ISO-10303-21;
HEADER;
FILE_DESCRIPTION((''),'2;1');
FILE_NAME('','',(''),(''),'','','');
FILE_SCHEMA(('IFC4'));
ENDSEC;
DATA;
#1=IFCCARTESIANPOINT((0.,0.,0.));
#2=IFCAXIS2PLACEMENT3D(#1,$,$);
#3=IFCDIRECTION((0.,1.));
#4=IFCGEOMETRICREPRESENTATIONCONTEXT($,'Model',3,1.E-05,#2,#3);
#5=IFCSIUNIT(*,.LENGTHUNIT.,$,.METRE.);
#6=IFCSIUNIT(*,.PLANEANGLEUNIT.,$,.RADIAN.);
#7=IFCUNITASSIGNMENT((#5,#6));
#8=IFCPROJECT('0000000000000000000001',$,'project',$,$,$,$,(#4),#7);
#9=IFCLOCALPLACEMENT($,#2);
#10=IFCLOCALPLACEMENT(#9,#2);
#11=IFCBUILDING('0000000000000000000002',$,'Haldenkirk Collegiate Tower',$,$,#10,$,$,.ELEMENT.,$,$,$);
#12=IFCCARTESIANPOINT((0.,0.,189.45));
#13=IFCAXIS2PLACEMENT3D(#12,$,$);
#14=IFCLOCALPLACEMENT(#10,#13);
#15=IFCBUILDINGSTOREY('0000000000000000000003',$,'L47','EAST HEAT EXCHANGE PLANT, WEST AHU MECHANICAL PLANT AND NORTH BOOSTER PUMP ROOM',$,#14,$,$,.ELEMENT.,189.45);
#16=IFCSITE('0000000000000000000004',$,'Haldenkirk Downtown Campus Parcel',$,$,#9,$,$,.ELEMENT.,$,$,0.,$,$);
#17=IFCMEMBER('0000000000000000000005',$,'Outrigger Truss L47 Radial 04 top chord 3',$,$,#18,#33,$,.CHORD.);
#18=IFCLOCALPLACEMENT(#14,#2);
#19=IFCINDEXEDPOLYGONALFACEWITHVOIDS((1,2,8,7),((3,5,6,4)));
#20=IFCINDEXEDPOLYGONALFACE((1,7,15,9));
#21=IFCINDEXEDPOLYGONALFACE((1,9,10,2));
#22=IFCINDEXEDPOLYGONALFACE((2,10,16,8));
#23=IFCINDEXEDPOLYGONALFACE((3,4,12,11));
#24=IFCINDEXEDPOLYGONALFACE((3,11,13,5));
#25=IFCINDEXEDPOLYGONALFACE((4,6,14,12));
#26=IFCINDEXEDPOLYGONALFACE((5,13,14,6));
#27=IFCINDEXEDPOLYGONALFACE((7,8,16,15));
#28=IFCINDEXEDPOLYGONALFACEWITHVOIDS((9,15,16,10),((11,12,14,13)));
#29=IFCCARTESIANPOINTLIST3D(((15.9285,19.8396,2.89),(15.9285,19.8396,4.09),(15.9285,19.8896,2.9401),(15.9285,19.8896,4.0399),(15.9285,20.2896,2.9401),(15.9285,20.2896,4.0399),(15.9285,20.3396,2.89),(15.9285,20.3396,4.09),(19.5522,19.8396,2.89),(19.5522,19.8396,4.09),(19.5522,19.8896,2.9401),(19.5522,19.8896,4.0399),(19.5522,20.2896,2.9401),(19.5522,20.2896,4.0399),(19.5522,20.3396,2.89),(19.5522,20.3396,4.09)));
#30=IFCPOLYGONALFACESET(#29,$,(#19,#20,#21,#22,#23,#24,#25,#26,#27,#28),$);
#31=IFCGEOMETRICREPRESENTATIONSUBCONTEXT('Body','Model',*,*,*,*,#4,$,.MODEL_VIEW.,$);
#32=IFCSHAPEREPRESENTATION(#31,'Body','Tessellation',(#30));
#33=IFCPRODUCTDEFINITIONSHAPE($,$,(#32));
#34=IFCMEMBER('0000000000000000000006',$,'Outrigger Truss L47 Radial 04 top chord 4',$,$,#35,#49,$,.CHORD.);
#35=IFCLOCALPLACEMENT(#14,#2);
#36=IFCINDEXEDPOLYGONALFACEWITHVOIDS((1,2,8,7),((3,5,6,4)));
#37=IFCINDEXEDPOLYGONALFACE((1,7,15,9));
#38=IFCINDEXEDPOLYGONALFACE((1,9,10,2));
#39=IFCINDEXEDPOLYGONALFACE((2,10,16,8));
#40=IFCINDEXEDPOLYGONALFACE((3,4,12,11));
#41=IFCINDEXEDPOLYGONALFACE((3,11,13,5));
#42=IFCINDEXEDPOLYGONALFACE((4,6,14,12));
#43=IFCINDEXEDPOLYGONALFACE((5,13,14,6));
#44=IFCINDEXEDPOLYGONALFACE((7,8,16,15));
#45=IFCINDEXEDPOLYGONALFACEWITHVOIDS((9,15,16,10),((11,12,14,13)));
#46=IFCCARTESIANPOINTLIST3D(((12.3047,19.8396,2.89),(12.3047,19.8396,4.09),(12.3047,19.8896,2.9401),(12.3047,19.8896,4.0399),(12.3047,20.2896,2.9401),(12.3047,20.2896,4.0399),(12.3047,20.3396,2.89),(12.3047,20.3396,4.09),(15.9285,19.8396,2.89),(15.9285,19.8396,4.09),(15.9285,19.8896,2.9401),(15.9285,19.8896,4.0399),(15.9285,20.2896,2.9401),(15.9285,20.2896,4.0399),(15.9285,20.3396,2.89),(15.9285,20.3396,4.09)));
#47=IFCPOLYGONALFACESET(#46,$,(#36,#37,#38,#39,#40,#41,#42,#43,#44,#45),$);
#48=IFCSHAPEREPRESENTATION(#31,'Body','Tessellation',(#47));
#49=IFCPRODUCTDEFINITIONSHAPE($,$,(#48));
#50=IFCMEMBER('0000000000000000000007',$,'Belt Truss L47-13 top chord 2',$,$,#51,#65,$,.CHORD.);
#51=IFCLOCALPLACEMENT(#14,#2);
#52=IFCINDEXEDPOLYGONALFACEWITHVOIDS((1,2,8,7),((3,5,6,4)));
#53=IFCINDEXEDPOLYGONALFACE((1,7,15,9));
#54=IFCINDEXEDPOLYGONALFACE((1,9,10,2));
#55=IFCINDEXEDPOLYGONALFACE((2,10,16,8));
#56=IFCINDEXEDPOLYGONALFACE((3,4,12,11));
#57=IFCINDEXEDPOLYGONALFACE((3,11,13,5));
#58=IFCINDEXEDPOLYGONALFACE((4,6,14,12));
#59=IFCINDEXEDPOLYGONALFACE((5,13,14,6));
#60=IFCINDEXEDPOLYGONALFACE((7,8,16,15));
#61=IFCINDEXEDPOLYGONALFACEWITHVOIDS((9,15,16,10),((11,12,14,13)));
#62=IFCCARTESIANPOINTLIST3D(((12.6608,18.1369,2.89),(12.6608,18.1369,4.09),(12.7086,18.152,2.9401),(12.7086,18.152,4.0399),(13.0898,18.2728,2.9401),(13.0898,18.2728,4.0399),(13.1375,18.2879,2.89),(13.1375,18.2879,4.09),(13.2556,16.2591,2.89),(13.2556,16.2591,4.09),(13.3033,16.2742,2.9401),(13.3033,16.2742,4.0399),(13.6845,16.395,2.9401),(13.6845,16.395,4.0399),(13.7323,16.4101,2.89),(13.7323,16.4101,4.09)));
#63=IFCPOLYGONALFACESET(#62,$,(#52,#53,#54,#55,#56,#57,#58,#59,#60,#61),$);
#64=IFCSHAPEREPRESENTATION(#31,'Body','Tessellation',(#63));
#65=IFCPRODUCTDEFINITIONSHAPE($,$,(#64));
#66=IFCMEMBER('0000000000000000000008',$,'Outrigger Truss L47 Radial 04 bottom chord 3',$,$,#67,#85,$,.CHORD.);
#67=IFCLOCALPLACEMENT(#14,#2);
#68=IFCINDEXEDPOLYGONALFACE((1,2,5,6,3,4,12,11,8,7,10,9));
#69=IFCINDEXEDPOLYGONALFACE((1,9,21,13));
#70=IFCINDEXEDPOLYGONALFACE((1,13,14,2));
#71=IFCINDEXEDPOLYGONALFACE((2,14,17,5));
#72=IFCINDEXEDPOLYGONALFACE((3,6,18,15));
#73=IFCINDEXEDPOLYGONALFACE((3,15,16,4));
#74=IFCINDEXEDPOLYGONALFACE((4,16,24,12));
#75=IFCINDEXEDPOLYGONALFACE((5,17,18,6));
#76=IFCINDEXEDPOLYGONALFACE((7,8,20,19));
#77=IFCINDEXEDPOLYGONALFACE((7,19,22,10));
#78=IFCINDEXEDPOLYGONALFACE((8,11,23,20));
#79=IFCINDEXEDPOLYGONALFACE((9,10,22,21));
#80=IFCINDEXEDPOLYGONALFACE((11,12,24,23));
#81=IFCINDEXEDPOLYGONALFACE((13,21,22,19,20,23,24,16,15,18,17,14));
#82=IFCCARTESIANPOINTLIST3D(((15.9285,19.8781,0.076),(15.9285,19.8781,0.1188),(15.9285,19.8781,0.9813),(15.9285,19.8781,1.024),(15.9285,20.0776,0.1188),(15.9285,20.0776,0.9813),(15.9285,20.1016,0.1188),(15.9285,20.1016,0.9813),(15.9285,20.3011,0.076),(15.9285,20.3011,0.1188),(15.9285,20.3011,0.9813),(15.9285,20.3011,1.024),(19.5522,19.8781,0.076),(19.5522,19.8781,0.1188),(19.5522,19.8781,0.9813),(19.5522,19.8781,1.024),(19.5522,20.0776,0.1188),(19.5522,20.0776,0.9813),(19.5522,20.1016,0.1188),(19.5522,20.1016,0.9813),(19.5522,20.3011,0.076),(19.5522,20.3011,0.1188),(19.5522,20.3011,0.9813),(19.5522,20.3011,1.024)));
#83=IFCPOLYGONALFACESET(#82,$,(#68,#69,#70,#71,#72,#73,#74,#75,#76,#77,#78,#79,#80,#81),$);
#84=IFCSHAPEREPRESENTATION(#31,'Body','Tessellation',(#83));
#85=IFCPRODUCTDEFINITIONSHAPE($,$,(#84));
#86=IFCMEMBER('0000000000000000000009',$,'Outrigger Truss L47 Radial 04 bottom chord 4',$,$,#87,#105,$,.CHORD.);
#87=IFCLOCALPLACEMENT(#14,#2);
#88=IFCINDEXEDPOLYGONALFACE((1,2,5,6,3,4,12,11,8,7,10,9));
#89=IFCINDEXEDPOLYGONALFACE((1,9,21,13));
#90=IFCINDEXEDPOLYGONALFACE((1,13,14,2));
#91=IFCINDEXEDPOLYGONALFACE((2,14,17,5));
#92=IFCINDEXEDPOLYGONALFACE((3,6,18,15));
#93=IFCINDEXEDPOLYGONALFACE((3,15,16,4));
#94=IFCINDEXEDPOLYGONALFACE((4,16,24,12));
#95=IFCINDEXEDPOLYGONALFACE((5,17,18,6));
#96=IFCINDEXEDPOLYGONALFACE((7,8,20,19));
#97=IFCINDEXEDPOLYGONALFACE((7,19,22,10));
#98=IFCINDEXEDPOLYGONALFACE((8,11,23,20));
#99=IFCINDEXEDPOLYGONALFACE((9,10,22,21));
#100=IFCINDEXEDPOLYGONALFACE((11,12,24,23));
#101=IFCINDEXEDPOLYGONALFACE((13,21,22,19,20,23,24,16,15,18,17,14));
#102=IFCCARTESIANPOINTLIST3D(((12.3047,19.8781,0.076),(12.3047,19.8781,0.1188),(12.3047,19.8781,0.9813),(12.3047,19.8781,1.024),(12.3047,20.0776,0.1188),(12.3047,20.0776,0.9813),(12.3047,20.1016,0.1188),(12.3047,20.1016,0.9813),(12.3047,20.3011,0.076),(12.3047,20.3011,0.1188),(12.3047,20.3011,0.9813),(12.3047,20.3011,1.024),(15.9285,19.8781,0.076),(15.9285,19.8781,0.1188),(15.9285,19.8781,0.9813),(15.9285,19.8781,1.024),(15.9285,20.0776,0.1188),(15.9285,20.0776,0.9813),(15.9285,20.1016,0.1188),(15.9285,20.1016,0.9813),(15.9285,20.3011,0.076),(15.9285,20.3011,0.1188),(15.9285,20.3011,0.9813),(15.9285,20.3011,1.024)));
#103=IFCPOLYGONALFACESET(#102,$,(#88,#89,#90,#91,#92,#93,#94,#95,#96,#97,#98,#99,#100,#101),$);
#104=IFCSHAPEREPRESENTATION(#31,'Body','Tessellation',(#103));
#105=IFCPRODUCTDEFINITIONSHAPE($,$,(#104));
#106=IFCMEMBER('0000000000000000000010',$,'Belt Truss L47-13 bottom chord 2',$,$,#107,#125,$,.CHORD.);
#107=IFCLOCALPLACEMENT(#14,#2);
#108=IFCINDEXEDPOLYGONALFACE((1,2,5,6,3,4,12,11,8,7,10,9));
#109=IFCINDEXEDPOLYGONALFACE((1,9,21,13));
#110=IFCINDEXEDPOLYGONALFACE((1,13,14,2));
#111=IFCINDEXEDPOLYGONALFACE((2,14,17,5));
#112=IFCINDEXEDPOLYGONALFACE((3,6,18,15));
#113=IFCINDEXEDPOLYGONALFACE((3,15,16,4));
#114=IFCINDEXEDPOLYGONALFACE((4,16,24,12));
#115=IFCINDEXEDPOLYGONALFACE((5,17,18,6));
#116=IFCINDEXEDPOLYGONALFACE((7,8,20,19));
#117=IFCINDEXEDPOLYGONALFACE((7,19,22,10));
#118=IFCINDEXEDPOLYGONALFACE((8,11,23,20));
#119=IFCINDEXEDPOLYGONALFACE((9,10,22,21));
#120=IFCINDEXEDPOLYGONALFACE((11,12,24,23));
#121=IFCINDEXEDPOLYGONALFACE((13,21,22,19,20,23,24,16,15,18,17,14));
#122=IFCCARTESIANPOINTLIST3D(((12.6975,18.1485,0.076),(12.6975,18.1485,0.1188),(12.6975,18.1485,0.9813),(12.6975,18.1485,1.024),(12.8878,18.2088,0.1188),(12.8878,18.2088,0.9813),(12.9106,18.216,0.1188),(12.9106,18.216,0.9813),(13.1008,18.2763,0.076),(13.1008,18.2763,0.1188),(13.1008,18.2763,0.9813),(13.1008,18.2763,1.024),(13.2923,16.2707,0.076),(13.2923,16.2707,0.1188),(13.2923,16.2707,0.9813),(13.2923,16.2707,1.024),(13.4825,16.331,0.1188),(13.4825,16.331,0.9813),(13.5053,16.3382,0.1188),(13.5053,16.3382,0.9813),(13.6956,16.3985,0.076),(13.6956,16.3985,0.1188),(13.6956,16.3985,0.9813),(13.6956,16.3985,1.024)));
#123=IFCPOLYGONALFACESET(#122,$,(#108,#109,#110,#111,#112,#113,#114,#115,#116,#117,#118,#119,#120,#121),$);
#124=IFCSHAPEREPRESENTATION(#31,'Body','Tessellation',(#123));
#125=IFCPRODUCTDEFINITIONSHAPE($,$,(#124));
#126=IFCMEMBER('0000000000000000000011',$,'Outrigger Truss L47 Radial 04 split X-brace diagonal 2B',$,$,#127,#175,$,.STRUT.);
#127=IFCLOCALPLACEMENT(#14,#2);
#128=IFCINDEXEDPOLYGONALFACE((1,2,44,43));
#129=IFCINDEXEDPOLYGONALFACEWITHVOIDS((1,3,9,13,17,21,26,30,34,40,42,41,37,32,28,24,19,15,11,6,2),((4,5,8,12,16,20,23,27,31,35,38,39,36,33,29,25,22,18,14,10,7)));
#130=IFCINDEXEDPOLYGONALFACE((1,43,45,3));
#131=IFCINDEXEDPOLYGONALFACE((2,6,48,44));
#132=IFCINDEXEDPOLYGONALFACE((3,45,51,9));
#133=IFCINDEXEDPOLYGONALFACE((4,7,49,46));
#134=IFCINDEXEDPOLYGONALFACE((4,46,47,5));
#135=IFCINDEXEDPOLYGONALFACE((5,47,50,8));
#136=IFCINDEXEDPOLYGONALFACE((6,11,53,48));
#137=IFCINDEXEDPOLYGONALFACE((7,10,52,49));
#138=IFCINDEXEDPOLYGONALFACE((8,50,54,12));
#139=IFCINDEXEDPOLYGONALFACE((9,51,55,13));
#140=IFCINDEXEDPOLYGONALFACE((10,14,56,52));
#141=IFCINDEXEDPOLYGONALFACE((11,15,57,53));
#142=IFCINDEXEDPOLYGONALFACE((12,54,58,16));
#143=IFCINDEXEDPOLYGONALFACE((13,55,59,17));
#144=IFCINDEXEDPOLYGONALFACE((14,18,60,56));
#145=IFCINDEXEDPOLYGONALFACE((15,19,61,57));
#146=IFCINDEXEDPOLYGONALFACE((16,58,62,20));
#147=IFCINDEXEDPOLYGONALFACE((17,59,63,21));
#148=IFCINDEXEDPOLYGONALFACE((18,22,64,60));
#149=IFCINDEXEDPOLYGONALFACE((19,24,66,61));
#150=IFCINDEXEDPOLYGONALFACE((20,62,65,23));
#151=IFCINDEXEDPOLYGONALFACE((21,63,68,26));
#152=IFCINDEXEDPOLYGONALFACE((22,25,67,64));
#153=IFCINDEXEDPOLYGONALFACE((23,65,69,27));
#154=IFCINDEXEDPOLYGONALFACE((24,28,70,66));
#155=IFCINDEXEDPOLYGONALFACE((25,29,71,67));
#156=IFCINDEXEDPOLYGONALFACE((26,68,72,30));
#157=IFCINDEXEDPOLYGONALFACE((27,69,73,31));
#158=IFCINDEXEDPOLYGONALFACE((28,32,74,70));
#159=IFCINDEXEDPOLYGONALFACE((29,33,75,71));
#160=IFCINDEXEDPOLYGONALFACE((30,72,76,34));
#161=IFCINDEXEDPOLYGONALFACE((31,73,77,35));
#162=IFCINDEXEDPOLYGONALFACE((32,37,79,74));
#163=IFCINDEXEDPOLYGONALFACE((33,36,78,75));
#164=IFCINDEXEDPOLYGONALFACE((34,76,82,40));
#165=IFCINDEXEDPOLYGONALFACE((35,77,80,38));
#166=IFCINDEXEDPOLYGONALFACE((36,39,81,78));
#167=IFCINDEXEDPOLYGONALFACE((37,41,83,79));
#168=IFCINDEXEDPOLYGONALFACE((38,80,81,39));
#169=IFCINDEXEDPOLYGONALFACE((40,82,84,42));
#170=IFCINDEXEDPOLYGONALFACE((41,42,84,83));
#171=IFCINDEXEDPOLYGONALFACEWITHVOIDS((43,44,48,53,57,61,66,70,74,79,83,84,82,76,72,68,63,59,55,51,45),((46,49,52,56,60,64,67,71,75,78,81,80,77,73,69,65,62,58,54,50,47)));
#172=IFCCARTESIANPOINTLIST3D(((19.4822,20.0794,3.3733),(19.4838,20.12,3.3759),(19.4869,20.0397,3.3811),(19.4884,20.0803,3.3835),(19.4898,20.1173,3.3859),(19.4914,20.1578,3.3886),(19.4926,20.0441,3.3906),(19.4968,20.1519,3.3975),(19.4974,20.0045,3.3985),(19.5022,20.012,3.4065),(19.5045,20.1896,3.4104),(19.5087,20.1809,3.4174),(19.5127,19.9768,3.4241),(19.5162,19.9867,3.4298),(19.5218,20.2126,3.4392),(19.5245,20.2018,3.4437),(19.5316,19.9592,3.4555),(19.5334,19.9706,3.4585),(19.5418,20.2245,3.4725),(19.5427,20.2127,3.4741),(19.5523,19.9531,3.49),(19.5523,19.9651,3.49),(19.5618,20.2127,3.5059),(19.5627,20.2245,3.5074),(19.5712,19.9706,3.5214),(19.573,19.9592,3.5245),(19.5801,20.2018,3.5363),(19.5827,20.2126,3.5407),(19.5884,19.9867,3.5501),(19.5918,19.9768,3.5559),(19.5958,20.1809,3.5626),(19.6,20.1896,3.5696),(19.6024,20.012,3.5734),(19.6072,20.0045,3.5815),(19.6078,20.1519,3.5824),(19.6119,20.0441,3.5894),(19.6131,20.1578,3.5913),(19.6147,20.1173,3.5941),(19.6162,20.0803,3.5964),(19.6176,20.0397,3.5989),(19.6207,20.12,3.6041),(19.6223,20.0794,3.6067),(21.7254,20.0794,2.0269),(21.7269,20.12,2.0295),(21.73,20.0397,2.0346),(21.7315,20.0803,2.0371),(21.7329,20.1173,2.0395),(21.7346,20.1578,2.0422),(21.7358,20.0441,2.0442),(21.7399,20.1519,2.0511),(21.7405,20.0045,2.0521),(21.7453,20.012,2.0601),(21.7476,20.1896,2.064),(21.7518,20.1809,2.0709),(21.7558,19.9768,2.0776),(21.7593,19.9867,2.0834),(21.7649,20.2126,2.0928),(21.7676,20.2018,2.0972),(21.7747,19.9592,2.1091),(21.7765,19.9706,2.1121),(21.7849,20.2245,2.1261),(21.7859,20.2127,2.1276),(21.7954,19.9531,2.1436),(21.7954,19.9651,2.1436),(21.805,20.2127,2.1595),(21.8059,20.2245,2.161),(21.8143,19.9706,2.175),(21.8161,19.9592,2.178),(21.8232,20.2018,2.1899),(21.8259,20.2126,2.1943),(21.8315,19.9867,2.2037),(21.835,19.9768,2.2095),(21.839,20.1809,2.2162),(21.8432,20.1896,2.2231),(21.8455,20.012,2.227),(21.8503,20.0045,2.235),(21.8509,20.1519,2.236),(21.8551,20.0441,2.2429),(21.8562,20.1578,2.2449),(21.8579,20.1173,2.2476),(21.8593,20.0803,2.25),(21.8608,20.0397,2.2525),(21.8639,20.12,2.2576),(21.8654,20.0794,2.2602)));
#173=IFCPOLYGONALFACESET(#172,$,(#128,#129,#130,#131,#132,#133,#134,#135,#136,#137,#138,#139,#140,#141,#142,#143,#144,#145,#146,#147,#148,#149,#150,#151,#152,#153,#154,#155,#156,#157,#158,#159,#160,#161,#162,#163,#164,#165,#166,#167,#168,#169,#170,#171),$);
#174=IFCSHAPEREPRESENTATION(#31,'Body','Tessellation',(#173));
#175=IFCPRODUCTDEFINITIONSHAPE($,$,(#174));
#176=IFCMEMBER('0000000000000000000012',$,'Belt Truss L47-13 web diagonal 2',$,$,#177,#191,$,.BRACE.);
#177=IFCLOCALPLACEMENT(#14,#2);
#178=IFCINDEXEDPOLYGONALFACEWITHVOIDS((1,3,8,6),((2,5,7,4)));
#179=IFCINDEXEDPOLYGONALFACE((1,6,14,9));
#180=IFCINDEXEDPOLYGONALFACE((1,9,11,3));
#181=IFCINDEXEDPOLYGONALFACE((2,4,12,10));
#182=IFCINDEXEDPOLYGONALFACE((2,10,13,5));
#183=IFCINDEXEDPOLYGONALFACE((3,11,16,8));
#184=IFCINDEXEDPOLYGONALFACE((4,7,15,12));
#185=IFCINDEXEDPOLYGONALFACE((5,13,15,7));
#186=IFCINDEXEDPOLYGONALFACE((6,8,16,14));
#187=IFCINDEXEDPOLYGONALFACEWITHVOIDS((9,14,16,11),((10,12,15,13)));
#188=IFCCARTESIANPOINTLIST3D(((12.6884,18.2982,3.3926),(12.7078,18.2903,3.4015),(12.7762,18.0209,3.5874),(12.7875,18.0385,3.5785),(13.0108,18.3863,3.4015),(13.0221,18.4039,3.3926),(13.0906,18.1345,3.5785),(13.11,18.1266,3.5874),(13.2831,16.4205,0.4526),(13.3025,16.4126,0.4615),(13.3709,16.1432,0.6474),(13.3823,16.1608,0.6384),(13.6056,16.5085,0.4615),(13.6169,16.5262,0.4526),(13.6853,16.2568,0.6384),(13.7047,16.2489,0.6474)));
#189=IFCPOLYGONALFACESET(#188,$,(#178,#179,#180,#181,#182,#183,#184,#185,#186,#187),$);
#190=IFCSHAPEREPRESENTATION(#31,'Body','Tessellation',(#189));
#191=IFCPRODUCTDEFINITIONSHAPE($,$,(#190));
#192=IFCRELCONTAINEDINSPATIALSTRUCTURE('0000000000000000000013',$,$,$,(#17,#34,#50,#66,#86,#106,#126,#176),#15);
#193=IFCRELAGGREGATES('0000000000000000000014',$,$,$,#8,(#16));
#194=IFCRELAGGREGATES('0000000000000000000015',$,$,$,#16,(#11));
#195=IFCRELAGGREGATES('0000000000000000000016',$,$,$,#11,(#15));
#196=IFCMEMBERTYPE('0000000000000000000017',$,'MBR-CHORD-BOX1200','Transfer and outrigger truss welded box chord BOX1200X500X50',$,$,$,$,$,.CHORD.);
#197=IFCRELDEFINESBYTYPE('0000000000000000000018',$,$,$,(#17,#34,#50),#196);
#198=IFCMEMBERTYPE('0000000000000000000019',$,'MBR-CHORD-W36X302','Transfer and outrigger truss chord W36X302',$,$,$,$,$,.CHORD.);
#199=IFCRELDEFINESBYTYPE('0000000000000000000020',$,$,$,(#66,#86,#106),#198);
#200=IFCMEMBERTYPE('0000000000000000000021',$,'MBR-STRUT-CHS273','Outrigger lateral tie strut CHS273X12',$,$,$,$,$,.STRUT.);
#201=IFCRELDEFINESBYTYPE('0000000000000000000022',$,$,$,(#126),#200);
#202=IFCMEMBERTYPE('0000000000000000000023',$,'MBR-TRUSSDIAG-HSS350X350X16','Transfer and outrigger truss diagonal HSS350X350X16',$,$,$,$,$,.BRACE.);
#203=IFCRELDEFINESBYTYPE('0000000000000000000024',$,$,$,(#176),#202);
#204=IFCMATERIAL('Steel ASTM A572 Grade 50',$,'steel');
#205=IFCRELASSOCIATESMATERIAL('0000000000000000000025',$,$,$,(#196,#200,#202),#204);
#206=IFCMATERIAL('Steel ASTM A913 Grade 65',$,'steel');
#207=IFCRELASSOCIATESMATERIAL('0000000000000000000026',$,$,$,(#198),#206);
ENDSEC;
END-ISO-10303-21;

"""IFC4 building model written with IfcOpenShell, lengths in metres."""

from ifc_helpers import new_model, si_unit, direction, frame, origin, origin_2d, place, context, subcontext, project, spatial, hollow_rectangle, hollow_circle, i_section, extrude, material, material_profile, profile_set, type_object, element, save


model = new_model("IFC4")

# Units and contexts
model_context = context("Model", 3, precision=1e-05, world=origin(), true_north=direction((0.0, 1.0)))
body_context = subcontext(model_context, "Body", "Model", "MODEL_VIEW")
ifc_project = project(units=[si_unit("LENGTHUNIT", "METRE"), si_unit("PLANEANGLEUNIT", "RADIAN")], contexts=[model_context])

# Site, building, storey
site_placement = place(None, origin())
site = spatial("IfcSite", under=ifc_project, at=site_placement, Name="Haldenkirk Downtown Campus Parcel", CompositionType="ELEMENT", RefElevation=0.0)
building_placement = place(site_placement, origin())
building = spatial("IfcBuilding", under=site, at=building_placement, Name="Haldenkirk Collegiate Tower", CompositionType="ELEMENT")
storey_placement = place(building_placement, frame((0.0, 0.0, 189.45)))
storey = spatial("IfcBuildingStorey", under=building, at=storey_placement, Name="L47", Description="EAST HEAT EXCHANGE PLANT, WEST AHU MECHANICAL PLANT AND NORTH BOOSTER PUMP ROOM", CompositionType="ELEMENT", Elevation=189.45)

# Members
ifc_material_1 = material(Name="Steel ASTM A572 Grade 50", Category="steel")
ifc_material_profile_1 = material_profile(ifc_material_1, hollow_rectangle(XDim=0.5, YDim=1.2, WallThickness=0.05, at=origin_2d()), Name="BOX1200X500X50")
ifc_profile_set_1 = profile_set([ifc_material_profile_1], Name="Steel ASTM A572 Grade 50")
member_type_1 = type_object("IfcMemberType", Name="MBR-CHORD-BOX1200", Description="Transfer and outrigger truss welded box chord BOX1200X500X50", PredefinedType="CHORD", material=ifc_profile_set_1)
for number, where, z_axis, x_axis, name in (
    (1, (19.5522, 20.0896, 3.49), (-1.0, 0.0, 0.0), (0.0, -1.0, 0.0), "Outrigger Truss L47 Radial 04 top chord 3"),
    (2, (15.9285, 20.0896, 3.49), (-1.0, 0.0, 0.0), (0.0, -1.0, 0.0), "Outrigger Truss L47 Radial 04 top chord 4"),
):
    element("IfcMember", number, at=place(storey_placement, frame(where, z_axis=z_axis, x_axis=x_axis)), inside=storey, type_object=member_type_1, Name=name, PredefinedType="CHORD", context=body_context, shape_type="SweptSolid", body=[
        extrude(hollow_rectangle(XDim=0.5, YDim=1.2, WallThickness=0.05, at=origin_2d()), origin(), (0.0, 0.0, 1.0), 3.6238),
    ])
member_1_placement = place(storey_placement, frame((12.8992, 18.2124, 3.49), z_axis=(0.30195, -0.953324, 0.0), x_axis=(0.953324, 0.30195, 0.0)))
element("IfcMember", 3, at=member_1_placement, inside=storey, type_object=member_type_1, Name="Belt Truss L47-13 top chord 2", PredefinedType="CHORD", context=body_context, shape_type="SweptSolid", body=[
    extrude(hollow_rectangle(XDim=0.5, YDim=1.2, WallThickness=0.05, at=origin_2d()), origin(), (0.0, 0.0, 1.0), 1.9697),
])
ifc_material_2 = material(Name="Steel ASTM A913 Grade 65", Category="steel")
ifc_material_profile_2 = material_profile(ifc_material_2, i_section(OverallWidth=0.4231, OverallDepth=0.948, WebThickness=0.0239, FlangeThickness=0.0427, at=origin_2d()), Name="W36X302")
ifc_profile_set_2 = profile_set([ifc_material_profile_2], Name="Steel ASTM A913 Grade 65")
member_type_2 = type_object("IfcMemberType", Name="MBR-CHORD-W36X302", Description="Transfer and outrigger truss chord W36X302", PredefinedType="CHORD", material=ifc_profile_set_2)
for number, where, z_axis, x_axis, name in (
    (4, (19.5522, 20.0896, 0.55), (-1.0, 0.0, 0.0), (0.0, -1.0, 0.0), "Outrigger Truss L47 Radial 04 bottom chord 3"),
    (5, (15.9285, 20.0896, 0.55), (-1.0, 0.0, 0.0), (0.0, -1.0, 0.0), "Outrigger Truss L47 Radial 04 bottom chord 4"),
):
    element("IfcMember", number, at=place(storey_placement, frame(where, z_axis=z_axis, x_axis=x_axis)), inside=storey, type_object=member_type_2, Name=name, PredefinedType="CHORD", context=body_context, shape_type="SweptSolid", body=[
        extrude(i_section(OverallWidth=0.4231, OverallDepth=0.948, WebThickness=0.0239, FlangeThickness=0.0427, at=origin_2d()), origin(), (0.0, 0.0, 1.0), 3.6238),
    ])
member_2_placement = place(storey_placement, frame((12.8992, 18.2124, 0.55), z_axis=(0.30195, -0.953324, 0.0), x_axis=(0.953324, 0.30195, 0.0)))
element("IfcMember", 6, at=member_2_placement, inside=storey, type_object=member_type_2, Name="Belt Truss L47-13 bottom chord 2", PredefinedType="CHORD", context=body_context, shape_type="SweptSolid", body=[
    extrude(i_section(OverallWidth=0.4231, OverallDepth=0.948, WebThickness=0.0239, FlangeThickness=0.0427, at=origin_2d()), origin(), (0.0, 0.0, 1.0), 1.9697),
])
ifc_material_profile_3 = material_profile(ifc_material_1, hollow_circle(Radius=0.1365, WallThickness=0.012, at=origin_2d()), Name="CHS273X12")
ifc_profile_set_3 = profile_set([ifc_material_profile_3], Name="Steel ASTM A572 Grade 50")
member_type_3 = type_object("IfcMemberType", Name="MBR-STRUT-CHS273", Description="Outrigger lateral tie strut CHS273X12", PredefinedType="STRUT", material=ifc_profile_set_3)
member_3_placement = place(storey_placement, frame((21.7954, 20.0896, 2.1436), z_axis=(-0.857402, 0.0, 0.514647), x_axis=(0.0, -1.0, 0.0)))
element("IfcMember", 7, at=member_3_placement, inside=storey, type_object=member_type_3, Name="Outrigger Truss L47 Radial 04 split X-brace diagonal 2B", PredefinedType="STRUT", context=body_context, shape_type="SweptSolid", body=[
    extrude(hollow_circle(Radius=0.1365, WallThickness=0.012, at=origin_2d()), origin(), (0.0, 0.0, 1.0), 2.6162),
])
ifc_material_profile_4 = material_profile(ifc_material_1, hollow_rectangle(XDim=0.3501, YDim=0.3501, WallThickness=0.0161, at=origin_2d()), Name="HSS350X350X16")
ifc_profile_set_4 = profile_set([ifc_material_profile_4], Name="Steel ASTM A572 Grade 50")
member_type_4 = type_object("IfcMemberType", Name="MBR-TRUSSDIAG-HSS350X350X16", Description="Transfer and outrigger truss diagonal HSS350X350X16", PredefinedType="BRACE", material=ifc_profile_set_4)
member_4_placement = place(storey_placement, frame((12.8992, 18.2124, 3.49), z_axis=(0.168062, -0.530609, -0.830788), x_axis=(0.953324, 0.30195, 0.0)))
element("IfcMember", 8, at=member_4_placement, inside=storey, type_object=member_type_4, Name="Belt Truss L47-13 web diagonal 2", PredefinedType="BRACE", context=body_context, shape_type="SweptSolid", body=[
    extrude(hollow_rectangle(XDim=0.3501, YDim=0.3501, WallThickness=0.0161, at=origin_2d()), origin(), (0.0, 0.0, 1.0), 3.5388),
])

save(model, "model.ifc")
